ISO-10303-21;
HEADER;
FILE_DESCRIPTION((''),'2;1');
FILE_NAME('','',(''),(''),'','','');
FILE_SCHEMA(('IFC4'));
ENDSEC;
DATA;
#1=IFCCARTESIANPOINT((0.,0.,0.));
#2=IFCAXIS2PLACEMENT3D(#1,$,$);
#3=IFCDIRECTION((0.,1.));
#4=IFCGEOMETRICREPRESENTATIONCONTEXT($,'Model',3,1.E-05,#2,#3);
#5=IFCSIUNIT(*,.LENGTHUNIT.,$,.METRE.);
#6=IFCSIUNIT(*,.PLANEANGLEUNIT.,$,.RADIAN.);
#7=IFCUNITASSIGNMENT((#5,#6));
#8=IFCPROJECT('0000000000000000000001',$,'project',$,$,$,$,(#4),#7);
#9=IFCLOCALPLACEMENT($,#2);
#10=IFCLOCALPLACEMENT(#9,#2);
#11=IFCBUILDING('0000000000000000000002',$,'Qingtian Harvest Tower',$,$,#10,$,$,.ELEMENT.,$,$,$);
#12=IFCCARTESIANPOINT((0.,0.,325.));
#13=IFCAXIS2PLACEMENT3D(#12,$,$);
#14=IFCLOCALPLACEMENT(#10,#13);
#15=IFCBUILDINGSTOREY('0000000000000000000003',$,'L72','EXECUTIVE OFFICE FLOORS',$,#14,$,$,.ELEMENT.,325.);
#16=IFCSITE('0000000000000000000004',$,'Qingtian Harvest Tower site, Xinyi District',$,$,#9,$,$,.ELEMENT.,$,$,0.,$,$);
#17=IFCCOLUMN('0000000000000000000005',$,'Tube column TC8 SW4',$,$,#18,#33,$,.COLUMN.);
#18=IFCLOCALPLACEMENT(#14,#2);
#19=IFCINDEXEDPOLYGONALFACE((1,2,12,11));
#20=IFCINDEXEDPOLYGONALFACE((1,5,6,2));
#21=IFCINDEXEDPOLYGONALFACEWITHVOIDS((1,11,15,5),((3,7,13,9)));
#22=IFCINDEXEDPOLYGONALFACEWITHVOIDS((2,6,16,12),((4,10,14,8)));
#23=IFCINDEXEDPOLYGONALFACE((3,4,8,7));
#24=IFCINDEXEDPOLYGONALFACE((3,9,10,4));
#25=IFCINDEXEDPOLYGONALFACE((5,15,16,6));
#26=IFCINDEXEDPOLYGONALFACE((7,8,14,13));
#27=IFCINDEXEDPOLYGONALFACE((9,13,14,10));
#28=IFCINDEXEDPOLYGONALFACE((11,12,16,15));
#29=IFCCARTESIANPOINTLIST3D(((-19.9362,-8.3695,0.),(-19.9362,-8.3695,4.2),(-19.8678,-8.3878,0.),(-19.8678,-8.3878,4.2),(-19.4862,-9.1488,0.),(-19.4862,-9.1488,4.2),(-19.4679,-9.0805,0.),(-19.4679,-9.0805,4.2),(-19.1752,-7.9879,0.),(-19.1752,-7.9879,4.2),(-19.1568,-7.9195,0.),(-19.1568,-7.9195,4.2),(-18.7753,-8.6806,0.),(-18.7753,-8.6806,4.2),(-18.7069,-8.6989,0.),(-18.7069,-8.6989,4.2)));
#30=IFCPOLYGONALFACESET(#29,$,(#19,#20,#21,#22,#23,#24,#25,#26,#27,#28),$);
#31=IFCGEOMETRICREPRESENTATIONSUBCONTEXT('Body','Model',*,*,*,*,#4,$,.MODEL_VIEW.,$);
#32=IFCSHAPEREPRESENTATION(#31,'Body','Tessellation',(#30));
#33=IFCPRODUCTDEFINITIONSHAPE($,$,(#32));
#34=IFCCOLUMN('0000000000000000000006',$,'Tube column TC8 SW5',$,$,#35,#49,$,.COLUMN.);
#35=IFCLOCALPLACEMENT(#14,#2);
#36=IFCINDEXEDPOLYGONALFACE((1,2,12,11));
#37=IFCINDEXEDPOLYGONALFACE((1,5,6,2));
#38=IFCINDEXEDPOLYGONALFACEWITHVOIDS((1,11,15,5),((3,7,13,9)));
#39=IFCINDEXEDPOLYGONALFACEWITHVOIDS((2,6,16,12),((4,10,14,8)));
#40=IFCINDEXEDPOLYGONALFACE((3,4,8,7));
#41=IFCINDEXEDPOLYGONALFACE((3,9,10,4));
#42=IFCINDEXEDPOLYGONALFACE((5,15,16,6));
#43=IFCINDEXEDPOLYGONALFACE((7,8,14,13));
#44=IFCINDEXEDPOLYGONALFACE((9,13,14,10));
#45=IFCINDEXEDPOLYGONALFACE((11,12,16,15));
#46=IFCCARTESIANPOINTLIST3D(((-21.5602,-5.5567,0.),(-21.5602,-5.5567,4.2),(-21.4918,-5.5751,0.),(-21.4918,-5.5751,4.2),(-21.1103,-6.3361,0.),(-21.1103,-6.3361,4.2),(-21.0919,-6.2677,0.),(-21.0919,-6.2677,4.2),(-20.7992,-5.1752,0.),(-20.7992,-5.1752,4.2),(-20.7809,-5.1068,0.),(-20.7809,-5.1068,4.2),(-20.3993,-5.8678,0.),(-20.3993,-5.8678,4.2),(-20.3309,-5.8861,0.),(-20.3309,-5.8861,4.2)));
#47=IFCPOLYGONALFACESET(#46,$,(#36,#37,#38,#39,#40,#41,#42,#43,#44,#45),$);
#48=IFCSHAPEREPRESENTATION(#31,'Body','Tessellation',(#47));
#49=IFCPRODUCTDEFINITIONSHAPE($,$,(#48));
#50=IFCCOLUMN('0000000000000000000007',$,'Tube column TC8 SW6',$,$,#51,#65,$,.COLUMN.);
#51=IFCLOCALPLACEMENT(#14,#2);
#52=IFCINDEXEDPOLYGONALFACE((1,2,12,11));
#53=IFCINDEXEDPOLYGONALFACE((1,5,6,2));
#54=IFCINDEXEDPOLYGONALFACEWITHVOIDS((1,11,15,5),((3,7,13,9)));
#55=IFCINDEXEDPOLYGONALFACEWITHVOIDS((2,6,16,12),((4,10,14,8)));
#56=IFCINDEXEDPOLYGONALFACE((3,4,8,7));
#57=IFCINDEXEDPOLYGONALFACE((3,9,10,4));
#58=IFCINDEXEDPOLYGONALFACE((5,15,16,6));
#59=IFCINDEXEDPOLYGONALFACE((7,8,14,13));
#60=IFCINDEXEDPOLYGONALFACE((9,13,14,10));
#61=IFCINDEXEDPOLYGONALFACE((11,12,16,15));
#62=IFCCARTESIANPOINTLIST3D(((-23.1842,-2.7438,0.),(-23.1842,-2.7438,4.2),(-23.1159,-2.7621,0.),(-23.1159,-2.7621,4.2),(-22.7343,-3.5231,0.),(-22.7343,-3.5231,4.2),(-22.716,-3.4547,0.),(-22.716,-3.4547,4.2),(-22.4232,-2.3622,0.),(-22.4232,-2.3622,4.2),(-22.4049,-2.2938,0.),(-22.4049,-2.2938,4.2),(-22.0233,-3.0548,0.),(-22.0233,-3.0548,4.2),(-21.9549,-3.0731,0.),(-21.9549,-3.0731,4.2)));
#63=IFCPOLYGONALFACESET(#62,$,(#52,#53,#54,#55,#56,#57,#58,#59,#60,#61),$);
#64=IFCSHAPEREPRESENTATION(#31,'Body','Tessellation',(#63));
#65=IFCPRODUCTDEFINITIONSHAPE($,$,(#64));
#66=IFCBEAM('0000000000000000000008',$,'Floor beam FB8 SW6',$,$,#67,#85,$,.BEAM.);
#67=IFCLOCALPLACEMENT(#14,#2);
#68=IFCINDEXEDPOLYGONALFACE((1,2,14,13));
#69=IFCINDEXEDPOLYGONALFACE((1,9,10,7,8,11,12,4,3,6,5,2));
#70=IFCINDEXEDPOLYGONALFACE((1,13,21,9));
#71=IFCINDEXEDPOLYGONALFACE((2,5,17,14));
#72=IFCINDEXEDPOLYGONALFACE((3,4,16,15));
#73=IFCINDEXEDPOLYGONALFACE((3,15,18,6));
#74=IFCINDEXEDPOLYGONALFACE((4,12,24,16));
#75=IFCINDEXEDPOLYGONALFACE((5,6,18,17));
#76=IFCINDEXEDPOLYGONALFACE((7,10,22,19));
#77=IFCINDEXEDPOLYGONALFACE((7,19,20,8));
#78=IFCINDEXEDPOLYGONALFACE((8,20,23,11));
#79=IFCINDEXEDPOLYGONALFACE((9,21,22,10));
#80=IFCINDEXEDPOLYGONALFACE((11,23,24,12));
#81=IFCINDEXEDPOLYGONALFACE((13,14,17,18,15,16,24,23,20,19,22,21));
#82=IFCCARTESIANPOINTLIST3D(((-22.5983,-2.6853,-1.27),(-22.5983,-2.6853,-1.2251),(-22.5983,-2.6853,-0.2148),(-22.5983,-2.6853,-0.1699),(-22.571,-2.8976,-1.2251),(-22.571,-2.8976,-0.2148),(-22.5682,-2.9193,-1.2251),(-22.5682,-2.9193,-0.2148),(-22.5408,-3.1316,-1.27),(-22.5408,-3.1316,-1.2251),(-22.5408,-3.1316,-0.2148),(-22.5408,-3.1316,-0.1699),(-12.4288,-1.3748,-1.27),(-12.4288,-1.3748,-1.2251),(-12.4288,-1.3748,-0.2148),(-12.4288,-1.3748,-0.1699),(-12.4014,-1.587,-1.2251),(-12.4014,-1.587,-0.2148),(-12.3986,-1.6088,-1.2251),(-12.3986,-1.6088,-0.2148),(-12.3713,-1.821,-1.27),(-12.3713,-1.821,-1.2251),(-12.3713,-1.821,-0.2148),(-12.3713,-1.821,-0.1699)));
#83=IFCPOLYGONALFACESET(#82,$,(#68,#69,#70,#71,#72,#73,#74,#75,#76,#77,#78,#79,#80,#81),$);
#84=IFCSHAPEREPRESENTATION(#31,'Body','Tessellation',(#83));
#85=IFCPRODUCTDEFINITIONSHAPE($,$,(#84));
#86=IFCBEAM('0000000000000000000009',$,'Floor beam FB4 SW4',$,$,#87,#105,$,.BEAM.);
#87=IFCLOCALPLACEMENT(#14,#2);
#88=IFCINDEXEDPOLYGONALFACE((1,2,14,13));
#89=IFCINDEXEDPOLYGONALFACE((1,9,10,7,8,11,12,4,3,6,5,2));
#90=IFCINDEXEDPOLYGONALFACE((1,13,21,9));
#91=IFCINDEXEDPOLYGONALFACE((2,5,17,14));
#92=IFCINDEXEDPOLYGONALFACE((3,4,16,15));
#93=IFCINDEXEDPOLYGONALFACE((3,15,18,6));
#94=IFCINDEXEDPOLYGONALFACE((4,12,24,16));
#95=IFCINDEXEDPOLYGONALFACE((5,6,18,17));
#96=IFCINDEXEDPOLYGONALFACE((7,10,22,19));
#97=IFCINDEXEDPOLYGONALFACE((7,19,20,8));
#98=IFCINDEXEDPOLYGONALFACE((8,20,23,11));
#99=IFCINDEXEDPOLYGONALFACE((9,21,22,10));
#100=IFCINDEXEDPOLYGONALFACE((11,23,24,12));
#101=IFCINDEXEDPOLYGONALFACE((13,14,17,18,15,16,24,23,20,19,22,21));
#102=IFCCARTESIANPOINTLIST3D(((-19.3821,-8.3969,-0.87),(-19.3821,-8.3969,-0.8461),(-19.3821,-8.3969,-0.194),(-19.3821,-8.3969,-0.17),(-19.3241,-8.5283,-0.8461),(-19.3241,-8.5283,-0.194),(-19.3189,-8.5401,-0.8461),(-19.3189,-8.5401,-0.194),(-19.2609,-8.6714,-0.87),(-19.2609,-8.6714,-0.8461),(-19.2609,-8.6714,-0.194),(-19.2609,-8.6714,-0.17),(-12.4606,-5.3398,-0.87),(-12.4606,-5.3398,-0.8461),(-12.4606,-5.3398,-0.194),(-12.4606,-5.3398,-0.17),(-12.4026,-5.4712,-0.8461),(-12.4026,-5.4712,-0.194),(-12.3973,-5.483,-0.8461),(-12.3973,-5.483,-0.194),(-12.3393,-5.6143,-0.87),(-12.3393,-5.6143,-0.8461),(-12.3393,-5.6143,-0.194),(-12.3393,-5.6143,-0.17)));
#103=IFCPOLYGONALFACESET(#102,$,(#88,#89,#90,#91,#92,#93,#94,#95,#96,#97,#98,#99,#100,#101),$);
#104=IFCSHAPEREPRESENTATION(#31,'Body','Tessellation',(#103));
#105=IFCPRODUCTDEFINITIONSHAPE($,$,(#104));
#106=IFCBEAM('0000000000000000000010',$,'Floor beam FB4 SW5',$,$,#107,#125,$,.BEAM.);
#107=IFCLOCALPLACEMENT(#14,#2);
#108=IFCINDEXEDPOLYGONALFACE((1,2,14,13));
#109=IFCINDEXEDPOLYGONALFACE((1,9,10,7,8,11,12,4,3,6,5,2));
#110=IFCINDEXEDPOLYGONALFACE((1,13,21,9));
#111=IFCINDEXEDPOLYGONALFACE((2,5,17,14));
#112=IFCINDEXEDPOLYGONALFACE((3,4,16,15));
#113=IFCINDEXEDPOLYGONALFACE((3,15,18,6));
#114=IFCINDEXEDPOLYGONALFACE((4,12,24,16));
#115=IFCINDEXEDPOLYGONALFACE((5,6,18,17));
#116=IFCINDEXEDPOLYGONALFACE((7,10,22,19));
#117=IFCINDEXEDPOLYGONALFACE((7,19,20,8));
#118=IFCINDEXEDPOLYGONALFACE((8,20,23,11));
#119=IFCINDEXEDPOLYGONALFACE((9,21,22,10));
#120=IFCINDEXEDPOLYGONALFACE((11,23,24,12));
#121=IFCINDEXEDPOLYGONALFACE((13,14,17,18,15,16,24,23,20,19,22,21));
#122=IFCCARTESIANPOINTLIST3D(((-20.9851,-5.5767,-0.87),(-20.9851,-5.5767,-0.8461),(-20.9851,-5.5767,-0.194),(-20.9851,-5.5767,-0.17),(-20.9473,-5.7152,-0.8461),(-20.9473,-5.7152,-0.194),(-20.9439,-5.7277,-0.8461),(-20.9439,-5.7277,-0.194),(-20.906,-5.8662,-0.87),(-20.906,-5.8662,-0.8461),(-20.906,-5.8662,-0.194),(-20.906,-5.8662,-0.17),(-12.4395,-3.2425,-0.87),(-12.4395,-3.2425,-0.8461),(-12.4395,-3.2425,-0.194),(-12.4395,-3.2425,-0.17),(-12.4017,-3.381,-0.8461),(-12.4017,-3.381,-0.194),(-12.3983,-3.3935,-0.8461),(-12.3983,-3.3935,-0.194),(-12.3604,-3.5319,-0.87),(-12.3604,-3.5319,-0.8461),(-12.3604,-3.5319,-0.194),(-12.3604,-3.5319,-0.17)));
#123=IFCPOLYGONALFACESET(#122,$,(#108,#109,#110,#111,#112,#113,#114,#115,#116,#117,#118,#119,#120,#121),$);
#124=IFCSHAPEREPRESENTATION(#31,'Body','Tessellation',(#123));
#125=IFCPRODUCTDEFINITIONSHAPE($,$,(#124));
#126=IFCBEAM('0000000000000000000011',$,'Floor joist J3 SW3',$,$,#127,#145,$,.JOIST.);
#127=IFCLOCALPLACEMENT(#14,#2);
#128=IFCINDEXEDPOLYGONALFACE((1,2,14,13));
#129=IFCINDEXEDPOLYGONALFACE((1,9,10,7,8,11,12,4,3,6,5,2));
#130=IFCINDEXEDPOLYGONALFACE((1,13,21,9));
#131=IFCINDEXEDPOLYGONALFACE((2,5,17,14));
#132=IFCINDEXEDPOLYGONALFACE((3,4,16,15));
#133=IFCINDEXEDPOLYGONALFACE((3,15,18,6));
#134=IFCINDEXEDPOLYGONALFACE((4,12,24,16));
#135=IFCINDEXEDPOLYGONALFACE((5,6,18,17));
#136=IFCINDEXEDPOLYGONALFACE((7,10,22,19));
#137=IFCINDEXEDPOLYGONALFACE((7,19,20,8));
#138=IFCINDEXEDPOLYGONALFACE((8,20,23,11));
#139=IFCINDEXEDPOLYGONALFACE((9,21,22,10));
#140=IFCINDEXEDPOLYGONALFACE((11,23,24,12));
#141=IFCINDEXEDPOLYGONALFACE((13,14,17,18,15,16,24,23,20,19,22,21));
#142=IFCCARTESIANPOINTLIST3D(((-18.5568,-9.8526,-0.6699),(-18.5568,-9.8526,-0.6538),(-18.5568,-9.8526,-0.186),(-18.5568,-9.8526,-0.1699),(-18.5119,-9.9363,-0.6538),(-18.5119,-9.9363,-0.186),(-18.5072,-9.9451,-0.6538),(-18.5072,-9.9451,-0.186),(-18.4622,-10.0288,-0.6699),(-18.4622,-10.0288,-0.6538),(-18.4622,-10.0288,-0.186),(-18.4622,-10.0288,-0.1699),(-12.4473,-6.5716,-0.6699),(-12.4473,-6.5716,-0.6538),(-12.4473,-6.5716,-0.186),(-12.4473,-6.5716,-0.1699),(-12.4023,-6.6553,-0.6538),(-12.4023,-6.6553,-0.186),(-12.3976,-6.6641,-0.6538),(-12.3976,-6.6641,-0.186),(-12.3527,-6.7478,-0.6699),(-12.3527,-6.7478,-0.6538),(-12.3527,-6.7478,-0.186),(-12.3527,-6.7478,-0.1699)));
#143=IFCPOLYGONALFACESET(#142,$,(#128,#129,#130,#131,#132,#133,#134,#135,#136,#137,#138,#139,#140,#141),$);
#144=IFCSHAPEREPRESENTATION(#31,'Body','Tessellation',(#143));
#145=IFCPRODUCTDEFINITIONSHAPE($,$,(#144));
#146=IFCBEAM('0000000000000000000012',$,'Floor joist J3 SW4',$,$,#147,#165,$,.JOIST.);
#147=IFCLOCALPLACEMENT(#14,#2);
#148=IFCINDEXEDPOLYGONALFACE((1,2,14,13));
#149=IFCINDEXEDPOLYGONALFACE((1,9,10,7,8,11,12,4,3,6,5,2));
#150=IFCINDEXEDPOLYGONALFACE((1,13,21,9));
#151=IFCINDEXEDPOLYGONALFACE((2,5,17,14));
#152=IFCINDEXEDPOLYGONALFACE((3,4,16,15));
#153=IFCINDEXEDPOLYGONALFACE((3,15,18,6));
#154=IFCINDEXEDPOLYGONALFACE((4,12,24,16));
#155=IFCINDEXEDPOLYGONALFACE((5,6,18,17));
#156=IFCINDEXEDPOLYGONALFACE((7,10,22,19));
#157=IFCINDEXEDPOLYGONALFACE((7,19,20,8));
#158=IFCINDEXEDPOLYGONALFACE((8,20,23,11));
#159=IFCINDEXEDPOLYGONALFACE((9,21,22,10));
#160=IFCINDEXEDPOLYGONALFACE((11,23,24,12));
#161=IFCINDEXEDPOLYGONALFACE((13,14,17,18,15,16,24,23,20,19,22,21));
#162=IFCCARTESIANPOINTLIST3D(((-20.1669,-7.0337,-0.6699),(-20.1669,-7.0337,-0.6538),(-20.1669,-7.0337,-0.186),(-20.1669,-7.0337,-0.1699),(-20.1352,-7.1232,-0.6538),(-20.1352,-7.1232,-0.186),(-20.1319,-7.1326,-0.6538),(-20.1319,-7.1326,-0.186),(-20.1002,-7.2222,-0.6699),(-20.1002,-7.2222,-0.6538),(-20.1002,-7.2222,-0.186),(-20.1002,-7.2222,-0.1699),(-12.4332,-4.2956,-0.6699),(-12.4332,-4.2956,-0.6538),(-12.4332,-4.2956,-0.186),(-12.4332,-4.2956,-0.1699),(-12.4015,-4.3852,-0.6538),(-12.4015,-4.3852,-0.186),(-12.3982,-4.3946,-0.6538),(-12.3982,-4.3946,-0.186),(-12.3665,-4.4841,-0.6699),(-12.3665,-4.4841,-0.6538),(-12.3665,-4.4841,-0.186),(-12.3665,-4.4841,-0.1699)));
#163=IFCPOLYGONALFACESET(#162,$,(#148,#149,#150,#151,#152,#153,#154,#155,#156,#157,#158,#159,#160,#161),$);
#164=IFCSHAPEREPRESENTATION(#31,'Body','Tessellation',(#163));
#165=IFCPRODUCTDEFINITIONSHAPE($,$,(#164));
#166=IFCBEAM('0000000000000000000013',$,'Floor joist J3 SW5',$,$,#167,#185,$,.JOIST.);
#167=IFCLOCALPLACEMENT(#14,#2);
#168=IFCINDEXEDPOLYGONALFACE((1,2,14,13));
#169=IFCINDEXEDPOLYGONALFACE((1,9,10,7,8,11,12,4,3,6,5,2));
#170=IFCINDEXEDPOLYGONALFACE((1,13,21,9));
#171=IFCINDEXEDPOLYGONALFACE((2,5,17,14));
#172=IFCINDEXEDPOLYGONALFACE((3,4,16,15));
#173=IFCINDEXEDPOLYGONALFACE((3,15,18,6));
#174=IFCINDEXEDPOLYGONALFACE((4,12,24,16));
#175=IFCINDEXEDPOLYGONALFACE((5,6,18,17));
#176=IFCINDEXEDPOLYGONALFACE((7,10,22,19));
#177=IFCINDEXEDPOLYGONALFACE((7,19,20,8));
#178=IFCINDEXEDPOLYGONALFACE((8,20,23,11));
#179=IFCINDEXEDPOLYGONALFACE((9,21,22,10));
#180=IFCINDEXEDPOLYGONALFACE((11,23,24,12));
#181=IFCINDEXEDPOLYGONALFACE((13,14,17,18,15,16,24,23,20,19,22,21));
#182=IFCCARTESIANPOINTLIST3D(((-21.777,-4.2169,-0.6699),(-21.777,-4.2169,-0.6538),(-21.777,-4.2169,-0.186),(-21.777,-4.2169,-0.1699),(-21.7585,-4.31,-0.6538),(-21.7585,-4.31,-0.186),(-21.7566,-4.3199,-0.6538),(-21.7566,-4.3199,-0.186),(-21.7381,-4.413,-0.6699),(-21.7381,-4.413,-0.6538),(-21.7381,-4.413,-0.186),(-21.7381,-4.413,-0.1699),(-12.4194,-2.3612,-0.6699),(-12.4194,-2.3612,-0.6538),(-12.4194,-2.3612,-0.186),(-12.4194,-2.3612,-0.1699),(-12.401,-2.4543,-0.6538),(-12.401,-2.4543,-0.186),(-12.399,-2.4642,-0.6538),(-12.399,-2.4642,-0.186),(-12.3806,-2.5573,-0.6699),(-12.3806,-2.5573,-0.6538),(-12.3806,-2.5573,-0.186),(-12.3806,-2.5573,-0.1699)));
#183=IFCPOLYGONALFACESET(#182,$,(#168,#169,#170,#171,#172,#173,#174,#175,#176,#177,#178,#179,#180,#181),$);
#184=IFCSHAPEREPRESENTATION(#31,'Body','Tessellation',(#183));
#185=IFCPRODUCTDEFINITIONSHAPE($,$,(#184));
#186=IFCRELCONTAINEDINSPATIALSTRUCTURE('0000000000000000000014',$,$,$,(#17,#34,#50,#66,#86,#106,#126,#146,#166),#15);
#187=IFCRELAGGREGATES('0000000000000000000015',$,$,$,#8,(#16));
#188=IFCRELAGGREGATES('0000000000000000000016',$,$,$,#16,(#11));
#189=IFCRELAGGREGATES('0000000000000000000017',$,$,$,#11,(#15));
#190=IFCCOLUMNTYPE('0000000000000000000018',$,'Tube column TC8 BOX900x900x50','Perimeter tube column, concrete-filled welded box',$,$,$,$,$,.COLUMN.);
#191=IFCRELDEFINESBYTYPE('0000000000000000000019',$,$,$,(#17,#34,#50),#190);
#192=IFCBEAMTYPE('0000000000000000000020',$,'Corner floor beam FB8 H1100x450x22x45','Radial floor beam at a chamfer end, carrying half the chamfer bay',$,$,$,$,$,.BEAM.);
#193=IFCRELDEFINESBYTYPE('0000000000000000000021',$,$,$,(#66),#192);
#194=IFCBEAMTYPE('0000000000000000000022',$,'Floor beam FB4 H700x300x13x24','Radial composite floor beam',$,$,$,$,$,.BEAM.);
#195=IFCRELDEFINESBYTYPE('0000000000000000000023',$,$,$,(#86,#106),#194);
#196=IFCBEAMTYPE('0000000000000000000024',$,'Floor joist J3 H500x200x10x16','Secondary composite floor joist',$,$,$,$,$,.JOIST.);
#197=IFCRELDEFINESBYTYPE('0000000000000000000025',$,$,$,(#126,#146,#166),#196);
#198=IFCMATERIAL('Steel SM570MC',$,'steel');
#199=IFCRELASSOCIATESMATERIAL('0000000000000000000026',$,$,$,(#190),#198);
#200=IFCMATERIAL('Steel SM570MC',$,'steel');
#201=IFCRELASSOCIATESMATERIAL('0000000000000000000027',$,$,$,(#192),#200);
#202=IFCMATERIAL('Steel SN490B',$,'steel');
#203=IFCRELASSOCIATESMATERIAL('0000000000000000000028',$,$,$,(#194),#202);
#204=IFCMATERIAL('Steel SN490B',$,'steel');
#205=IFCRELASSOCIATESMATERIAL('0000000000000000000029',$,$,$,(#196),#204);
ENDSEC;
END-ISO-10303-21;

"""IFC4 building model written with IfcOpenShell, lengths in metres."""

from ifc_helpers import new_model, si_unit, direction, frame, origin, origin_2d, place, context, subcontext, project, spatial, hollow_rectangle, i_section, extrude, material, material_profile, profile_set, type_object, element, save


model = new_model("IFC4")

# Units and contexts
model_context = context("Model", 3, precision=1e-05, world=origin(), true_north=direction((0.0, 1.0)))
body_context = subcontext(model_context, "Body", "Model", "MODEL_VIEW")
ifc_project = project(units=[si_unit("LENGTHUNIT", "METRE"), si_unit("PLANEANGLEUNIT", "RADIAN")], contexts=[model_context])

# Site, building, storey
site_placement = place(None, origin())
site = spatial("IfcSite", under=ifc_project, at=site_placement, Name="Qingtian Harvest Tower site, Xinyi District", CompositionType="ELEMENT", RefElevation=0.0)
building_placement = place(site_placement, origin())
building = spatial("IfcBuilding", under=site, at=building_placement, Name="Qingtian Harvest Tower", CompositionType="ELEMENT")
storey_placement = place(building_placement, frame((0.0, 0.0, 325.0)))
storey = spatial("IfcBuildingStorey", under=building, at=storey_placement, Name="L72", Description="EXECUTIVE OFFICE FLOORS", CompositionType="ELEMENT", Elevation=325.0)

# Columns
ifc_material_1 = material(Name="Steel SM570MC", Category="steel")
ifc_material_profile_1 = material_profile(ifc_material_1, hollow_rectangle(XDim=0.8999, YDim=0.8999, WallThickness=0.05, at=origin_2d()), Name="BOX900x900x50")
ifc_profile_set_1 = profile_set([ifc_material_profile_1], Name="Steel SM570MC")
column_type = type_object("IfcColumnType", Name="Tube column TC8 BOX900x900x50", Description="Perimeter tube column, concrete-filled welded box", PredefinedType="COLUMN", material=ifc_profile_set_1)
for number, where, z_axis, x_axis, name in (
    (1, (-19.3215, -8.5342, 0.0), (0.0, 0.0, 1.0), (0.5, -0.866025, 0.0), "Tube column TC8 SW4"),
    (2, (-20.9456, -5.7214, 0.0), (0.0, 0.0, 1.0), (0.5, -0.866025, 0.0), "Tube column TC8 SW5"),
    (3, (-22.5696, -2.9084, 0.0), (0.0, 0.0, 1.0), (0.5, -0.866025, 0.0), "Tube column TC8 SW6"),
):
    element("IfcColumn", number, at=place(storey_placement, frame(where, z_axis=z_axis, x_axis=x_axis)), inside=storey, type_object=column_type, Name=name, PredefinedType="COLUMN", context=body_context, shape_type="SweptSolid", body=[
        extrude(hollow_rectangle(XDim=0.8999, YDim=0.8999, WallThickness=0.05, at=origin_2d()), origin(), (0.0, 0.0, 1.0), 4.2),
    ])

# Beams
ifc_material_2 = material(Name="Steel SM570MC", Category="steel")
ifc_material_profile_2 = material_profile(ifc_material_2, i_section(OverallWidth=0.45, OverallDepth=1.1001, WebThickness=0.022, FlangeThickness=0.0449, at=origin_2d()), Name="H1100x450x22x45")
ifc_profile_set_2 = profile_set([ifc_material_profile_2], Name="Steel SM570MC")
beam_type_1 = type_object("IfcBeamType", Name="Corner floor beam FB8 H1100x450x22x45", Description="Radial floor beam at a chamfer end, carrying half the chamfer bay", PredefinedType="BEAM", material=ifc_profile_set_2)
beam_1_placement = place(storey_placement, frame((-22.5696, -2.9084, -0.72), z_axis=(0.991799, 0.127811, 0.0), x_axis=(-0.127811, 0.991799, 0.0)))
element("IfcBeam", 4, at=beam_1_placement, inside=storey, type_object=beam_type_1, Name="Floor beam FB8 SW6", PredefinedType="BEAM", context=body_context, shape_type="SweptSolid", body=[
    extrude(i_section(OverallWidth=0.45, OverallDepth=1.1001, WebThickness=0.022, FlangeThickness=0.0449, at=origin_2d()), origin(), (0.0, 0.0, 1.0), 10.2537),
])
ifc_material_3 = material(Name="Steel SN490B", Category="steel")
ifc_material_profile_3 = material_profile(ifc_material_3, i_section(OverallWidth=0.3, OverallDepth=0.7, WebThickness=0.0129, FlangeThickness=0.0239, at=origin_2d()), Name="H700x300x13x24")
ifc_profile_set_3 = profile_set([ifc_material_profile_3], Name="Steel SN490B")
beam_type_2 = type_object("IfcBeamType", Name="Floor beam FB4 H700x300x13x24", Description="Radial composite floor beam", PredefinedType="BEAM", material=ifc_profile_set_3)
beam_2_placement = place(storey_placement, frame((-19.3215, -8.5342, -0.52), z_axis=(0.914748, 0.404024, 0.0), x_axis=(-0.404024, 0.914748, 0.0)))
element("IfcBeam", 5, at=beam_2_placement, inside=storey, type_object=beam_type_2, Name="Floor beam FB4 SW4", PredefinedType="BEAM", context=body_context, shape_type="SweptSolid", body=[
    extrude(i_section(OverallWidth=0.3, OverallDepth=0.7, WebThickness=0.0129, FlangeThickness=0.0239, at=origin_2d()), origin(), (0.0, 0.0, 1.0), 7.5667),
])
beam_3_placement = place(storey_placement, frame((-20.9456, -5.7214, -0.52), z_axis=(0.964661, 0.263495, 0.0), x_axis=(-0.263495, 0.964661, 0.0)))
element("IfcBeam", 6, at=beam_3_placement, inside=storey, type_object=beam_type_2, Name="Floor beam FB4 SW5", PredefinedType="BEAM", context=body_context, shape_type="SweptSolid", body=[
    extrude(i_section(OverallWidth=0.3, OverallDepth=0.7, WebThickness=0.0129, FlangeThickness=0.0239, at=origin_2d()), origin(), (0.0, 0.0, 1.0), 8.8586),
])
ifc_material_4 = material(Name="Steel SN490B", Category="steel")
ifc_material_profile_4 = material_profile(ifc_material_4, i_section(OverallWidth=0.2, OverallDepth=0.5, WebThickness=0.01, FlangeThickness=0.0161, at=origin_2d()), Name="H500x200x10x16")
ifc_profile_set_4 = profile_set([ifc_material_profile_4], Name="Steel SN490B")
beam_type_3 = type_object("IfcBeamType", Name="Floor joist J3 H500x200x10x16", Description="Secondary composite floor joist", PredefinedType="JOIST", material=ifc_profile_set_4)
beam_4_placement = place(storey_placement, frame((-18.5095, -9.9407, -0.4199), z_axis=(0.881, 0.473117, 0.0), x_axis=(-0.473117, 0.881, 0.0)))
element("IfcBeam", 7, at=beam_4_placement, inside=storey, type_object=beam_type_3, Name="Floor joist J3 SW3", PredefinedType="JOIST", context=body_context, shape_type="SweptSolid", body=[
    extrude(i_section(OverallWidth=0.2, OverallDepth=0.5, WebThickness=0.01, FlangeThickness=0.0161, at=origin_2d()), origin(), (0.0, 0.0, 1.0), 6.9348),
])
beam_5_placement = place(storey_placement, frame((-20.1335, -7.1279, -0.4199), z_axis=(0.942664, 0.333743, 0.0), x_axis=(-0.333743, 0.942664, 0.0)))
element("IfcBeam", 8, at=beam_5_placement, inside=storey, type_object=beam_type_3, Name="Floor joist J3 SW4", PredefinedType="JOIST", context=body_context, shape_type="SweptSolid", body=[
    extrude(i_section(OverallWidth=0.2, OverallDepth=0.5, WebThickness=0.01, FlangeThickness=0.0161, at=origin_2d()), origin(), (0.0, 0.0, 1.0), 8.2041),
])
beam_6_placement = place(storey_placement, frame((-21.7576, -4.3149, -0.4199), z_axis=(0.980898, 0.194521, 0.0), x_axis=(-0.194521, 0.980898, 0.0)))
element("IfcBeam", 9, at=beam_6_placement, inside=storey, type_object=beam_type_3, Name="Floor joist J3 SW5", PredefinedType="JOIST", context=body_context, shape_type="SweptSolid", body=[
    extrude(i_section(OverallWidth=0.2, OverallDepth=0.5, WebThickness=0.01, FlangeThickness=0.0161, at=origin_2d()), origin(), (0.0, 0.0, 1.0), 9.5398),
])

save(model, "model.ifc")
